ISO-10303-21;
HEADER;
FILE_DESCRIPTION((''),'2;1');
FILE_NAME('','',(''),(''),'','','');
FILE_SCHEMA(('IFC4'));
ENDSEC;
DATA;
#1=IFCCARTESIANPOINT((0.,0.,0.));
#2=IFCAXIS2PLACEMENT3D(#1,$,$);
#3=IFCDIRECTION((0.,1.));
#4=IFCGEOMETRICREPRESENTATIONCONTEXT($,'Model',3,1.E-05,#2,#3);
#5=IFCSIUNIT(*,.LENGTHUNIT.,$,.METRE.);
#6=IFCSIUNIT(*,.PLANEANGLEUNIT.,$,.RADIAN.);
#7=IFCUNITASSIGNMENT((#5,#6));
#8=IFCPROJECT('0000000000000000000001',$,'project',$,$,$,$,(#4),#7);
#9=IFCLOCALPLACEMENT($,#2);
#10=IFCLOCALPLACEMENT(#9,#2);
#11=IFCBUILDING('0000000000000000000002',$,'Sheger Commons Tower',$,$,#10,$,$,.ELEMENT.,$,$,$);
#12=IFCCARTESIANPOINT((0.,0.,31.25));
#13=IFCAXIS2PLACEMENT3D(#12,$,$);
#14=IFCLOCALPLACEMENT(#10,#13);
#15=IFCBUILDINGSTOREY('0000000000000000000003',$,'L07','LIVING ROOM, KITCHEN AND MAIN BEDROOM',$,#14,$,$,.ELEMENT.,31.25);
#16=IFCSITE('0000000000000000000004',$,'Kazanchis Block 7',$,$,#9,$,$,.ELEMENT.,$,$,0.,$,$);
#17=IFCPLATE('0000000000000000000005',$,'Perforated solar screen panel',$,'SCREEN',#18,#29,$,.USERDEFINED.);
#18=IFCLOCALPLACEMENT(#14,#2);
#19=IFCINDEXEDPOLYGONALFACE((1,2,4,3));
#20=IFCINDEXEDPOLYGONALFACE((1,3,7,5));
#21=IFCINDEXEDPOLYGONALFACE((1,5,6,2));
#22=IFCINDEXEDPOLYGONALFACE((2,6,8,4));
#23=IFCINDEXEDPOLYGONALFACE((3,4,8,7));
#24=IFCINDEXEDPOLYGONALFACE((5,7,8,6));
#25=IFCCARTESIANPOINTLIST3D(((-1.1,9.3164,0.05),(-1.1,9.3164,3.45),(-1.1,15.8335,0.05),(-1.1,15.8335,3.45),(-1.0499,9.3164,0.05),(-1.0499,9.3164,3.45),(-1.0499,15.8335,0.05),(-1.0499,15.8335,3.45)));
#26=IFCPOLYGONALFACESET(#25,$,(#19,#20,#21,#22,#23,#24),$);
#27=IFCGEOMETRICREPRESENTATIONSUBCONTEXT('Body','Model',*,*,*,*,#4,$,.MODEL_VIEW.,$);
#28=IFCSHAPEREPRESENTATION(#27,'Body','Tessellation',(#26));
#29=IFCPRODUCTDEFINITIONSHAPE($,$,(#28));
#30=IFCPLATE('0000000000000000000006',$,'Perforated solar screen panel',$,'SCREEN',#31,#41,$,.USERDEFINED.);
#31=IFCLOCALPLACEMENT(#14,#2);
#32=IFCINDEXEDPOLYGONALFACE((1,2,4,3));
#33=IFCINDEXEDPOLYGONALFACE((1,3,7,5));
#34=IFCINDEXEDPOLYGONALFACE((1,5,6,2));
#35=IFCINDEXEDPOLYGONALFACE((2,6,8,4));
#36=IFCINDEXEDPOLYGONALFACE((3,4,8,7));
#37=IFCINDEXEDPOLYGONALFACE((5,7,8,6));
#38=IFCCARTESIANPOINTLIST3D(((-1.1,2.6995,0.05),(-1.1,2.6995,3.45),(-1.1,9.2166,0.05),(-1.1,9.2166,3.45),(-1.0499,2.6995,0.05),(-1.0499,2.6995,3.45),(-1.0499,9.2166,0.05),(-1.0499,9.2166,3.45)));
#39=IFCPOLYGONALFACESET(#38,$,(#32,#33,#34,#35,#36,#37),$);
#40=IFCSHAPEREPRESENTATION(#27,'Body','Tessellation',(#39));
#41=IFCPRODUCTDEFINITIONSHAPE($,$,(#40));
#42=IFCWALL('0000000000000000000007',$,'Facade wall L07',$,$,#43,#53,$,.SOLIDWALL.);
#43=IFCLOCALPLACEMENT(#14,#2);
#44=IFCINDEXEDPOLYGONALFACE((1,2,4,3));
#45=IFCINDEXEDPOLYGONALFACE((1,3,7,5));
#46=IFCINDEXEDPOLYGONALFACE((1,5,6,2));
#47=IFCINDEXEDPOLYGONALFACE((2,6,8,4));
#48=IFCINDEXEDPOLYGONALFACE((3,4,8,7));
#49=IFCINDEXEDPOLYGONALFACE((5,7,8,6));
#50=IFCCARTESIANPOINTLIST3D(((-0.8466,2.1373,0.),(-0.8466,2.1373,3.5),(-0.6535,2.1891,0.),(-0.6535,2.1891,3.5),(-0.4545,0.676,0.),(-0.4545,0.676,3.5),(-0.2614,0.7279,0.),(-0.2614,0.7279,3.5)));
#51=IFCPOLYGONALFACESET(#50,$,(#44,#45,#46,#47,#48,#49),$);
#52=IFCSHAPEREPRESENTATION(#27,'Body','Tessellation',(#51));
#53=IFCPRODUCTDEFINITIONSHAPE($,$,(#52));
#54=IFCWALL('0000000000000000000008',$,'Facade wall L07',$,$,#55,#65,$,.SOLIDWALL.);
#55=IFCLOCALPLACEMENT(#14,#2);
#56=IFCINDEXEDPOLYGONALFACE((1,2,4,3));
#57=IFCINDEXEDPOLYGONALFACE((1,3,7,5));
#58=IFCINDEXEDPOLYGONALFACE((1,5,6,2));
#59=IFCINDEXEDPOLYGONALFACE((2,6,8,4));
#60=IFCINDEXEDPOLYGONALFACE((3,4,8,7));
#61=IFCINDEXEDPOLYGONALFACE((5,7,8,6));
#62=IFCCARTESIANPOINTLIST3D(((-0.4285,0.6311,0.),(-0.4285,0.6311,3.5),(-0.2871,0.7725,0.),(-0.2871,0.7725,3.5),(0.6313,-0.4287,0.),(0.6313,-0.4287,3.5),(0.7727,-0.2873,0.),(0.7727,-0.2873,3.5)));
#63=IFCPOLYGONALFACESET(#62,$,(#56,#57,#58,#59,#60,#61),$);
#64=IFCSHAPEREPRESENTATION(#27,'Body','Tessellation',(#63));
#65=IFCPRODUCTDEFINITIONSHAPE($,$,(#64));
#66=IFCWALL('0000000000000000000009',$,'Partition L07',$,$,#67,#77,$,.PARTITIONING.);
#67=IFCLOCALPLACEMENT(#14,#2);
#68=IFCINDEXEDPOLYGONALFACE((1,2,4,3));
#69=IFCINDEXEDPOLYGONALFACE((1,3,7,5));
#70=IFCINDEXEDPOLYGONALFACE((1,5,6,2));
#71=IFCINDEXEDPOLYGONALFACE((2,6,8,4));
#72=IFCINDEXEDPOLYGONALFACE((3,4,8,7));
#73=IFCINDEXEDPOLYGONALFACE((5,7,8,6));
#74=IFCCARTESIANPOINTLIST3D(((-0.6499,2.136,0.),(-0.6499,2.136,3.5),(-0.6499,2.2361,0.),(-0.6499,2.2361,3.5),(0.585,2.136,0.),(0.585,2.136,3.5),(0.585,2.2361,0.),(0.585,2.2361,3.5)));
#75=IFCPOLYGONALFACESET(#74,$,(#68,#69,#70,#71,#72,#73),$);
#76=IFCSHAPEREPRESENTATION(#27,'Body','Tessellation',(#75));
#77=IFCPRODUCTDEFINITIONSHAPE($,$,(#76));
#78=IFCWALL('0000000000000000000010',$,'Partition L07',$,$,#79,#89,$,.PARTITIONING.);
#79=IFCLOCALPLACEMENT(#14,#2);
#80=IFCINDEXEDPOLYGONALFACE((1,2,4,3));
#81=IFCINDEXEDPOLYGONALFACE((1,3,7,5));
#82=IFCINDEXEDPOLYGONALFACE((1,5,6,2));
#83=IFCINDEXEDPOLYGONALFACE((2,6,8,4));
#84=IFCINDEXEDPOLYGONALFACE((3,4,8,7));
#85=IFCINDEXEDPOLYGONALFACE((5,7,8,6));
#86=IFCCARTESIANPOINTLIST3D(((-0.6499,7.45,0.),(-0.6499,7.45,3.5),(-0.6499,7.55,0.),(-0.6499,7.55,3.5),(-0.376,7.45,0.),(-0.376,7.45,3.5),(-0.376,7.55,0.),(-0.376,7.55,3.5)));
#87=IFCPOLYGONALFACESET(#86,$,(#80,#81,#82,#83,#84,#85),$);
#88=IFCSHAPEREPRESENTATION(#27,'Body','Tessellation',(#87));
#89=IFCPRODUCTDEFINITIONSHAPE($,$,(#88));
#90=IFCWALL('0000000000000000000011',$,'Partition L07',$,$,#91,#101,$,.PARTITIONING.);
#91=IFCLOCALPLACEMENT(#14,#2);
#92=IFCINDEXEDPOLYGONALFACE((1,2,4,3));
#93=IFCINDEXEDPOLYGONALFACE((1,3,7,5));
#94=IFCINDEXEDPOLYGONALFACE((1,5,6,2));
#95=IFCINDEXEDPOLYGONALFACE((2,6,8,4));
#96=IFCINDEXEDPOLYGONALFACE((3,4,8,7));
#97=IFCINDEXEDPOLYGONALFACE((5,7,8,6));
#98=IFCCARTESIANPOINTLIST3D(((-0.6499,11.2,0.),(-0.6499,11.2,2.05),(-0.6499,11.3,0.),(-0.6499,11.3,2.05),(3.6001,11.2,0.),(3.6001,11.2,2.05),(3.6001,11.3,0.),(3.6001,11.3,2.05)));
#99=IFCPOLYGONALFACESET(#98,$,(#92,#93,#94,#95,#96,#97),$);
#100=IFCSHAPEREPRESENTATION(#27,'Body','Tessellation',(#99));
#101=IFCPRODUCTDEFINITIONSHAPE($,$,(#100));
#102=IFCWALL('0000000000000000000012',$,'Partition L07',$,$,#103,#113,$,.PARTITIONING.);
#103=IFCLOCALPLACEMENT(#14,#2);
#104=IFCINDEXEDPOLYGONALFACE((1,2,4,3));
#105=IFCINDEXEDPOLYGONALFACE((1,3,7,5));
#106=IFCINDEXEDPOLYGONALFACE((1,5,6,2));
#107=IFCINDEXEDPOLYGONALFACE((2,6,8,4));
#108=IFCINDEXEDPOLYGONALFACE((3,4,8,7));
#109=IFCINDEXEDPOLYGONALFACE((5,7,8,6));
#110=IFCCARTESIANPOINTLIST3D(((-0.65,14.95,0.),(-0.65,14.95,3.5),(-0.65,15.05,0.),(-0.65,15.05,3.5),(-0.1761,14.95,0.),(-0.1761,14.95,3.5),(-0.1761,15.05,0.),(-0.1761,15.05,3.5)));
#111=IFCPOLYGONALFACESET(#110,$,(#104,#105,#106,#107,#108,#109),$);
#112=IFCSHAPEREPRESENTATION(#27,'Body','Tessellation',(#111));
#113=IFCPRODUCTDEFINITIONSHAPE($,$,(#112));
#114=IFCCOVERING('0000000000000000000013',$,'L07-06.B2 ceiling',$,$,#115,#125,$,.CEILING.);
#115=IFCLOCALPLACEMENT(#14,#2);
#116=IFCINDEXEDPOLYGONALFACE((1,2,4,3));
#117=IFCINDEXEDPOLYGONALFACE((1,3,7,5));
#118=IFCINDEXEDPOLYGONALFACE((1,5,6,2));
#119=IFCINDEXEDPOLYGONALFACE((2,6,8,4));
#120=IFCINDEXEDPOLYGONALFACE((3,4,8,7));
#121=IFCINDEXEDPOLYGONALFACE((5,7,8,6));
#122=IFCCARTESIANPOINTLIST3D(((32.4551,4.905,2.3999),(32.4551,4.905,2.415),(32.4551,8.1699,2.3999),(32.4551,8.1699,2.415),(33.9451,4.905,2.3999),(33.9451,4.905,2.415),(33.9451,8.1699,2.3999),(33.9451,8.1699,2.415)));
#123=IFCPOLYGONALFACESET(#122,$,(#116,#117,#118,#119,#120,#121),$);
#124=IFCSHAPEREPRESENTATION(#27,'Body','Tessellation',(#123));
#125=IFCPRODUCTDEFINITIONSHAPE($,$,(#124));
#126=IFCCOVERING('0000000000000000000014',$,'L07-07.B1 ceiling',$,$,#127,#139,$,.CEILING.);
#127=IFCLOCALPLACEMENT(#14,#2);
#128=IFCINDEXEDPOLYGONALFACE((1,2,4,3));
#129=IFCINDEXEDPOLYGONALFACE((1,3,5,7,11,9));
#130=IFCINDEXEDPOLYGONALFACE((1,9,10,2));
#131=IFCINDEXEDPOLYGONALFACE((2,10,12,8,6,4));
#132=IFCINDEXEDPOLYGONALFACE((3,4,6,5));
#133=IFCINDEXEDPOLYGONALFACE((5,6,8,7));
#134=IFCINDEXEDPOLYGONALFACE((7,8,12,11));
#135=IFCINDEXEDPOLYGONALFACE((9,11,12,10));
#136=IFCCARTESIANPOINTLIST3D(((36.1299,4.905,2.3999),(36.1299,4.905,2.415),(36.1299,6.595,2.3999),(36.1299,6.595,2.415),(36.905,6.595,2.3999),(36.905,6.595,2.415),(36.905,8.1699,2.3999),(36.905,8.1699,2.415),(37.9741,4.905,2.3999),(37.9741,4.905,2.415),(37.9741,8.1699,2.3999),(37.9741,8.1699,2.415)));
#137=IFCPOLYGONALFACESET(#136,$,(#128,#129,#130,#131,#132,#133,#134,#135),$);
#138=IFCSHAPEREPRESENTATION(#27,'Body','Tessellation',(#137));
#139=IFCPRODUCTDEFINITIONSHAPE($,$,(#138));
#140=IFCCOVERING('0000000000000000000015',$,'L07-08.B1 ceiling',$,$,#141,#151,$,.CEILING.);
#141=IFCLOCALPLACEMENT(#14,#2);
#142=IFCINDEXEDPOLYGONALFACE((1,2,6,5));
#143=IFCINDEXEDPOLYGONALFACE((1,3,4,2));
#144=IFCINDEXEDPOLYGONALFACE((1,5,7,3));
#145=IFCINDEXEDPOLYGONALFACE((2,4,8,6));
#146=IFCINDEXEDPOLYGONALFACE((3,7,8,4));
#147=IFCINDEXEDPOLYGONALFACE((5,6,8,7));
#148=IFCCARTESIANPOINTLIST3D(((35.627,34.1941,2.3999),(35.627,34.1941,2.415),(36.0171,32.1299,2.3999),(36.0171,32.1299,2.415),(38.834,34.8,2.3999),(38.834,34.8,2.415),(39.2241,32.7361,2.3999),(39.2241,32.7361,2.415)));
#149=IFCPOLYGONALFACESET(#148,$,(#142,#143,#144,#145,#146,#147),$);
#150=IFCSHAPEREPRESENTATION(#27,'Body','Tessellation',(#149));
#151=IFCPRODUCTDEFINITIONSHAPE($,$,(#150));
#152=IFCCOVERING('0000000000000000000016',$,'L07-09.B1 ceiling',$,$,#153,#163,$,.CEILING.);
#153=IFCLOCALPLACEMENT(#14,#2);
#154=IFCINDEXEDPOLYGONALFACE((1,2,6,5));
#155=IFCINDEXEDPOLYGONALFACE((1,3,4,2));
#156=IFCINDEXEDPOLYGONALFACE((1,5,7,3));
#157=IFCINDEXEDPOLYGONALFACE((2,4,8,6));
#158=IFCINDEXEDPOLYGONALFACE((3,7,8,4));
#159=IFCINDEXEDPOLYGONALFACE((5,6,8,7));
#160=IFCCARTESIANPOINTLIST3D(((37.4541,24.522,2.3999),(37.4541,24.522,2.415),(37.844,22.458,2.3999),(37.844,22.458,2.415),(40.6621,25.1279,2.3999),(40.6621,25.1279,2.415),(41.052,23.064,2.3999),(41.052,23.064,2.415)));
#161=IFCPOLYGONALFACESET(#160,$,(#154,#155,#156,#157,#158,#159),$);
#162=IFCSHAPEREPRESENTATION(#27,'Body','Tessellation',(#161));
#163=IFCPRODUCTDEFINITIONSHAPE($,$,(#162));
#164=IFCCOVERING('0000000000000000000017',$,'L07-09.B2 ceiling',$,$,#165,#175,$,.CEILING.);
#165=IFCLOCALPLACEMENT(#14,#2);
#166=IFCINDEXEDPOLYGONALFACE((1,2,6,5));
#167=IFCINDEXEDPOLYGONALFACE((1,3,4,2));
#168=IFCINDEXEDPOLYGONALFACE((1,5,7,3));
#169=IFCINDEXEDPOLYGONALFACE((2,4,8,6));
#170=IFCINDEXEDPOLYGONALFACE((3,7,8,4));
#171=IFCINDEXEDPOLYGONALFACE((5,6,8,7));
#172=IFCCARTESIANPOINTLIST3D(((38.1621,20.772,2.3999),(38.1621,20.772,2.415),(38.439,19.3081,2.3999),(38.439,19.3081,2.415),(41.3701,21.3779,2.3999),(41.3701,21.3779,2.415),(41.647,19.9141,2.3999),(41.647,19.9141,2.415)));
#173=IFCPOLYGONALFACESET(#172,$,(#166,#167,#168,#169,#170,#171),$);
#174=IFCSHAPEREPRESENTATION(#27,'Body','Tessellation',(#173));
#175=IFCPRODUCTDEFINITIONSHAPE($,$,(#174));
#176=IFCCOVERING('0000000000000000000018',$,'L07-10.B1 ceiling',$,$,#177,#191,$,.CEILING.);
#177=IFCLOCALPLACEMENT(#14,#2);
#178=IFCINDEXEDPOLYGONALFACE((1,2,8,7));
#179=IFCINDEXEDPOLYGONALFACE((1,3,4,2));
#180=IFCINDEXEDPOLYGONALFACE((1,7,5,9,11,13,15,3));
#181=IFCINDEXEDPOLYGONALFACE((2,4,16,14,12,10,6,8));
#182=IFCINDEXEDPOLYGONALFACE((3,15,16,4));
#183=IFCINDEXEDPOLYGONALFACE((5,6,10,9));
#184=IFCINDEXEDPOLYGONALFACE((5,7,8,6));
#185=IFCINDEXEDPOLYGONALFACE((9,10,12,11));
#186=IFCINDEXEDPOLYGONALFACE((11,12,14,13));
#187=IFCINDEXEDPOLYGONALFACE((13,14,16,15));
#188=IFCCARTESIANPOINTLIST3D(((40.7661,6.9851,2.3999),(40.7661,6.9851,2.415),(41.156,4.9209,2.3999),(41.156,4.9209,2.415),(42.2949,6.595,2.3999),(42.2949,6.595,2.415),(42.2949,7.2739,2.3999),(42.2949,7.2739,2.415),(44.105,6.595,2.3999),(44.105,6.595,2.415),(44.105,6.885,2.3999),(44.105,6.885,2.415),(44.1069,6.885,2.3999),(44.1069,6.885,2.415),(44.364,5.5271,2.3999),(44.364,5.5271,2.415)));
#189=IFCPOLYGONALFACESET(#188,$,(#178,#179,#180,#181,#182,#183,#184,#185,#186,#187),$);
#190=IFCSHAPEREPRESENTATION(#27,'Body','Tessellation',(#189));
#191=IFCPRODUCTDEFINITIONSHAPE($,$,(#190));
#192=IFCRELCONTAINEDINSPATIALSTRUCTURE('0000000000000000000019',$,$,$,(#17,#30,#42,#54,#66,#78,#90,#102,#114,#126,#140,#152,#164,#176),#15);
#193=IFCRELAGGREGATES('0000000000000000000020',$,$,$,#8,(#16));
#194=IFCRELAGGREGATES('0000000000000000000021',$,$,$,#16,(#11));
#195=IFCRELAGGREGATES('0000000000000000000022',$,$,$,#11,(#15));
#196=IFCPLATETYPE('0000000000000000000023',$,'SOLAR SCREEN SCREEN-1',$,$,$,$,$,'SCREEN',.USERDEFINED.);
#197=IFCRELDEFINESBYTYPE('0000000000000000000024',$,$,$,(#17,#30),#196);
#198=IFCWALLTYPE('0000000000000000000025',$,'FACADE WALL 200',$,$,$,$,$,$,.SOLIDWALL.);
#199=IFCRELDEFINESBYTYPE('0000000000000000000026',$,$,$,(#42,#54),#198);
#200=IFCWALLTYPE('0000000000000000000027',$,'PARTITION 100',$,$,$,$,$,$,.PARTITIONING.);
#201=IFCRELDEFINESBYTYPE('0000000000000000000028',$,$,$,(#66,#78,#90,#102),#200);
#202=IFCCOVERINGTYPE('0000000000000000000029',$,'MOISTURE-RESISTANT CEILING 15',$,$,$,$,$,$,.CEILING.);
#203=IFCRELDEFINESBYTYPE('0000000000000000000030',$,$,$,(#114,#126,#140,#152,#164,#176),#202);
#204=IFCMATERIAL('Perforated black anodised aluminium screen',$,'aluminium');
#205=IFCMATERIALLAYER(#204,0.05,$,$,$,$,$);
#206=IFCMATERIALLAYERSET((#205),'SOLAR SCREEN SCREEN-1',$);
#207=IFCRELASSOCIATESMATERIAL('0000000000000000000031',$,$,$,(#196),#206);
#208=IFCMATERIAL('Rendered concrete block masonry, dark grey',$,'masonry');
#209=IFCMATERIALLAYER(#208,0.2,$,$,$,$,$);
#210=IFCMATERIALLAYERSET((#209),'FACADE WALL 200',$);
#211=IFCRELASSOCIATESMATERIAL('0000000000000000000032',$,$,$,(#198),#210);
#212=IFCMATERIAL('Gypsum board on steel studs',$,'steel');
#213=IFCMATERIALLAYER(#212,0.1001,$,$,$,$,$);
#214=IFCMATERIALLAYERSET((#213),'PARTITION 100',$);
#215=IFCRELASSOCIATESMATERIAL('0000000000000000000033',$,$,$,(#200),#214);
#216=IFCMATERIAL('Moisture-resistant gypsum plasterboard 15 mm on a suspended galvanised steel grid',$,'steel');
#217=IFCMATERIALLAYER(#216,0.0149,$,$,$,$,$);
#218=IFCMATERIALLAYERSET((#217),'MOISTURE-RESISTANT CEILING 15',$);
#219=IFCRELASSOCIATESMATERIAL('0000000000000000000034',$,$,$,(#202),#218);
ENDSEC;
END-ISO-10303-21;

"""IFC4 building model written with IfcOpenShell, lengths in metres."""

from ifc_helpers import new_model, si_unit, direction, frame, frame_2d, origin, origin_2d, place, context, subcontext, project, spatial, polyline, rectangle, outline, extrude, material, layer, layer_set, type_object, element, save


model = new_model("IFC4")

# Units and contexts
model_context = context("Model", 3, precision=1e-05, world=origin(), true_north=direction((0.0, 1.0)))
body_context = subcontext(model_context, "Body", "Model", "MODEL_VIEW")
ifc_project = project(units=[si_unit("LENGTHUNIT", "METRE"), si_unit("PLANEANGLEUNIT", "RADIAN")], contexts=[model_context])

# Site, building, storey
site_placement = place(None, origin())
site = spatial("IfcSite", under=ifc_project, at=site_placement, Name="Kazanchis Block 7", CompositionType="ELEMENT", RefElevation=0.0)
building_placement = place(site_placement, origin())
building = spatial("IfcBuilding", under=site, at=building_placement, Name="Sheger Commons Tower", CompositionType="ELEMENT")
storey_placement = place(building_placement, frame((0.0, 0.0, 31.25)))
storey = spatial("IfcBuildingStorey", under=building, at=storey_placement, Name="L07", Description="LIVING ROOM, KITCHEN AND MAIN BEDROOM", CompositionType="ELEMENT", Elevation=31.25)

# Plates
ifc_material_1 = material(Name="Perforated black anodised aluminium screen", Category="aluminium")
ifc_layer_1 = layer(ifc_material_1, 0.05)
ifc_layer_set_1 = layer_set([ifc_layer_1], Name="SOLAR SCREEN SCREEN-1")
plate_type = type_object("IfcPlateType", Name="SOLAR SCREEN SCREEN-1", ElementType="SCREEN", PredefinedType="USERDEFINED", material=ifc_layer_set_1)
for number, where, z_axis, x_axis, name in (
    (1, (-1.075, 12.575, 0.05), (0.0, 0.0, 1.0), (0.0, -1.0, 0.0), "Perforated solar screen panel"),
    (2, (-1.075, 5.958, 0.05), (0.0, 0.0, 1.0), (0.0, -1.0, 0.0), "Perforated solar screen panel"),
):
    element("IfcPlate", number, at=place(storey_placement, frame(where, z_axis=z_axis, x_axis=x_axis)), inside=storey, type_object=plate_type, Name=name, ObjectType="SCREEN", PredefinedType="USERDEFINED", context=body_context, shape_type="SweptSolid", body=[
        extrude(rectangle(XDim=6.5171, YDim=0.05, at=origin_2d()), origin(), (0.0, 0.0, 1.0), 3.3999),
    ])

# Walls
ifc_material_2 = material(Name="Rendered concrete block masonry, dark grey", Category="masonry")
ifc_layer_2 = layer(ifc_material_2, 0.2)
ifc_layer_set_2 = layer_set([ifc_layer_2], Name="FACADE WALL 200")
wall_type_1 = type_object("IfcWallType", Name="FACADE WALL 200", PredefinedType="SOLIDWALL", material=ifc_layer_set_2)
wall_1_placement = place(storey_placement, frame((-0.75, 2.1631, 0.0), z_axis=(0.0, 0.0, 1.0), x_axis=(0.259169, -0.965832, 0.0)))
element("IfcWall", 3, at=wall_1_placement, inside=storey, type_object=wall_type_1, Name="Facade wall L07", PredefinedType="SOLIDWALL", context=body_context, shape_type="SweptSolid", body=[
    extrude(rectangle(XDim=1.5129, YDim=0.2, at=frame_2d((0.7563, 0.0))), origin(), (0.0, 0.0, 1.0), 3.5),
])
wall_2_placement = place(storey_placement, frame((-0.3579, 0.7019, 0.0), z_axis=(0.0, 0.0, 1.0), x_axis=(0.707107, -0.707107, 0.0)))
element("IfcWall", 4, at=wall_2_placement, inside=storey, type_object=wall_type_1, Name="Facade wall L07", PredefinedType="SOLIDWALL", context=body_context, shape_type="SweptSolid", body=[
    extrude(rectangle(XDim=1.4988, YDim=0.2, at=frame_2d((0.7495, 0.0))), origin(), (0.0, 0.0, 1.0), 3.5),
])
ifc_material_3 = material(Name="Gypsum board on steel studs", Category="steel")
ifc_layer_3 = layer(ifc_material_3, 0.1001)
ifc_layer_set_3 = layer_set([ifc_layer_3], Name="PARTITION 100")
wall_type_2 = type_object("IfcWallType", Name="PARTITION 100", PredefinedType="PARTITIONING", material=ifc_layer_set_3)
wall_3_placement = place(storey_placement, frame((-0.6499, 2.186, 0.0), z_axis=(0.0, 0.0, 1.0), x_axis=(1.0, 0.0, 0.0)))
element("IfcWall", 5, at=wall_3_placement, inside=storey, type_object=wall_type_2, Name="Partition L07", PredefinedType="PARTITIONING", context=body_context, shape_type="SweptSolid", body=[
    extrude(rectangle(XDim=1.2349, YDim=0.1001, at=frame_2d((0.6174, 0.0))), origin(), (0.0, 0.0, 1.0), 3.5),
])
wall_4_placement = place(storey_placement, frame((-0.6499, 7.5, 0.0), z_axis=(0.0, 0.0, 1.0), x_axis=(1.0, 0.0, 0.0)))
element("IfcWall", 6, at=wall_4_placement, inside=storey, type_object=wall_type_2, Name="Partition L07", PredefinedType="PARTITIONING", context=body_context, shape_type="SweptSolid", body=[
    extrude(rectangle(XDim=0.2739, YDim=0.1001, at=frame_2d((0.137, 0.0))), origin(), (0.0, 0.0, 1.0), 3.5),
])
wall_5_placement = place(storey_placement, frame((-0.6499, 11.25, 0.0), z_axis=(0.0, 0.0, 1.0), x_axis=(1.0, 0.0, 0.0)))
element("IfcWall", 7, at=wall_5_placement, inside=storey, type_object=wall_type_2, Name="Partition L07", PredefinedType="PARTITIONING", context=body_context, shape_type="SweptSolid", body=[
    extrude(rectangle(XDim=4.25, YDim=0.1001, at=frame_2d((2.125, 0.0))), origin(), (0.0, 0.0, 1.0), 2.05),
])
wall_6_placement = place(storey_placement, frame((-0.6499, 15.0, 0.0), z_axis=(0.0, 0.0, 1.0), x_axis=(1.0, 0.0, 0.0)))
element("IfcWall", 8, at=wall_6_placement, inside=storey, type_object=wall_type_2, Name="Partition L07", PredefinedType="PARTITIONING", context=body_context, shape_type="SweptSolid", body=[
    extrude(rectangle(XDim=0.4739, YDim=0.1001, at=frame_2d((0.2368, 0.0))), origin(), (0.0, 0.0, 1.0), 3.5),
])

# Coverings
ifc_material_4 = material(Name="Moisture-resistant gypsum plasterboard 15 mm on a suspended galvanised steel grid", Category="steel")
ifc_layer_4 = layer(ifc_material_4, 0.0149)
ifc_layer_set_4 = layer_set([ifc_layer_4], Name="MOISTURE-RESISTANT CEILING 15")
covering_type_1 = type_object("IfcCoveringType", Name="MOISTURE-RESISTANT CEILING 15", PredefinedType="CEILING", material=ifc_layer_set_4)
covering_1_placement = place(storey_placement, frame((0.0, 0.0, 2.3999)))
element("IfcCovering", 9, at=covering_1_placement, inside=storey, type_object=covering_type_1, Name="L07-06.B2 ceiling", PredefinedType="CEILING", context=body_context, shape_type="SweptSolid", body=[
    extrude(outline(polyline([(32.4551, 4.905), (33.9451, 4.905), (33.9451, 8.1699), (32.4551, 8.1699), (32.4551, 4.905)])), origin(), (0.0, 0.0, 1.0), 0.0151),
])
covering_2_placement = place(storey_placement, frame((0.0, 0.0, 2.3999)))
element("IfcCovering", 10, at=covering_2_placement, inside=storey, type_object=covering_type_1, Name="L07-07.B1 ceiling", PredefinedType="CEILING", context=body_context, shape_type="SweptSolid", body=[
    extrude(outline(polyline([(36.1299, 4.905), (37.9741, 4.905), (37.9741, 8.1699), (36.905, 8.1699), (36.905, 6.595), (36.1299, 6.595), (36.1299, 4.905)])), origin(), (0.0, 0.0, 1.0), 0.0151),
])
covering_3_placement = place(storey_placement, frame((0.0, 0.0, 2.3999)))
element("IfcCovering", 11, at=covering_3_placement, inside=storey, type_object=covering_type_1, Name="L07-08.B1 ceiling", PredefinedType="CEILING", context=body_context, shape_type="SweptSolid", body=[
    extrude(outline(polyline([(36.0171, 32.1299), (39.2241, 32.7361), (38.834, 34.8), (35.627, 34.1941), (36.0171, 32.1299)])), origin(), (0.0, 0.0, 1.0), 0.0151),
])
covering_4_placement = place(storey_placement, frame((0.0, 0.0, 2.3999)))
element("IfcCovering", 12, at=covering_4_placement, inside=storey, type_object=covering_type_1, Name="L07-09.B1 ceiling", PredefinedType="CEILING", context=body_context, shape_type="SweptSolid", body=[
    extrude(outline(polyline([(37.844, 22.458), (41.052, 23.064), (40.6621, 25.1279), (37.4541, 24.522), (37.844, 22.458)])), origin(), (0.0, 0.0, 1.0), 0.0151),
])
covering_5_placement = place(storey_placement, frame((0.0, 0.0, 2.3999)))
element("IfcCovering", 13, at=covering_5_placement, inside=storey, type_object=covering_type_1, Name="L07-09.B2 ceiling", PredefinedType="CEILING", context=body_context, shape_type="SweptSolid", body=[
    extrude(outline(polyline([(38.439, 19.3081), (41.647, 19.9141), (41.3701, 21.3779), (38.1621, 20.772), (38.439, 19.3081)])), origin(), (0.0, 0.0, 1.0), 0.0151),
])
covering_6_placement = place(storey_placement, frame((0.0, 0.0, 2.3999)))
element("IfcCovering", 14, at=covering_6_placement, inside=storey, type_object=covering_type_1, Name="L07-10.B1 ceiling", PredefinedType="CEILING", context=body_context, shape_type="SweptSolid", body=[
    extrude(outline(polyline([(41.156, 4.9209), (44.364, 5.5271), (44.1069, 6.885), (44.105, 6.885), (44.105, 6.595), (42.2949, 6.595), (42.2949, 7.2739), (40.7661, 6.9851), (41.156, 4.9209)])), origin(), (0.0, 0.0, 1.0), 0.0151),
])

save(model, "model.ifc")
